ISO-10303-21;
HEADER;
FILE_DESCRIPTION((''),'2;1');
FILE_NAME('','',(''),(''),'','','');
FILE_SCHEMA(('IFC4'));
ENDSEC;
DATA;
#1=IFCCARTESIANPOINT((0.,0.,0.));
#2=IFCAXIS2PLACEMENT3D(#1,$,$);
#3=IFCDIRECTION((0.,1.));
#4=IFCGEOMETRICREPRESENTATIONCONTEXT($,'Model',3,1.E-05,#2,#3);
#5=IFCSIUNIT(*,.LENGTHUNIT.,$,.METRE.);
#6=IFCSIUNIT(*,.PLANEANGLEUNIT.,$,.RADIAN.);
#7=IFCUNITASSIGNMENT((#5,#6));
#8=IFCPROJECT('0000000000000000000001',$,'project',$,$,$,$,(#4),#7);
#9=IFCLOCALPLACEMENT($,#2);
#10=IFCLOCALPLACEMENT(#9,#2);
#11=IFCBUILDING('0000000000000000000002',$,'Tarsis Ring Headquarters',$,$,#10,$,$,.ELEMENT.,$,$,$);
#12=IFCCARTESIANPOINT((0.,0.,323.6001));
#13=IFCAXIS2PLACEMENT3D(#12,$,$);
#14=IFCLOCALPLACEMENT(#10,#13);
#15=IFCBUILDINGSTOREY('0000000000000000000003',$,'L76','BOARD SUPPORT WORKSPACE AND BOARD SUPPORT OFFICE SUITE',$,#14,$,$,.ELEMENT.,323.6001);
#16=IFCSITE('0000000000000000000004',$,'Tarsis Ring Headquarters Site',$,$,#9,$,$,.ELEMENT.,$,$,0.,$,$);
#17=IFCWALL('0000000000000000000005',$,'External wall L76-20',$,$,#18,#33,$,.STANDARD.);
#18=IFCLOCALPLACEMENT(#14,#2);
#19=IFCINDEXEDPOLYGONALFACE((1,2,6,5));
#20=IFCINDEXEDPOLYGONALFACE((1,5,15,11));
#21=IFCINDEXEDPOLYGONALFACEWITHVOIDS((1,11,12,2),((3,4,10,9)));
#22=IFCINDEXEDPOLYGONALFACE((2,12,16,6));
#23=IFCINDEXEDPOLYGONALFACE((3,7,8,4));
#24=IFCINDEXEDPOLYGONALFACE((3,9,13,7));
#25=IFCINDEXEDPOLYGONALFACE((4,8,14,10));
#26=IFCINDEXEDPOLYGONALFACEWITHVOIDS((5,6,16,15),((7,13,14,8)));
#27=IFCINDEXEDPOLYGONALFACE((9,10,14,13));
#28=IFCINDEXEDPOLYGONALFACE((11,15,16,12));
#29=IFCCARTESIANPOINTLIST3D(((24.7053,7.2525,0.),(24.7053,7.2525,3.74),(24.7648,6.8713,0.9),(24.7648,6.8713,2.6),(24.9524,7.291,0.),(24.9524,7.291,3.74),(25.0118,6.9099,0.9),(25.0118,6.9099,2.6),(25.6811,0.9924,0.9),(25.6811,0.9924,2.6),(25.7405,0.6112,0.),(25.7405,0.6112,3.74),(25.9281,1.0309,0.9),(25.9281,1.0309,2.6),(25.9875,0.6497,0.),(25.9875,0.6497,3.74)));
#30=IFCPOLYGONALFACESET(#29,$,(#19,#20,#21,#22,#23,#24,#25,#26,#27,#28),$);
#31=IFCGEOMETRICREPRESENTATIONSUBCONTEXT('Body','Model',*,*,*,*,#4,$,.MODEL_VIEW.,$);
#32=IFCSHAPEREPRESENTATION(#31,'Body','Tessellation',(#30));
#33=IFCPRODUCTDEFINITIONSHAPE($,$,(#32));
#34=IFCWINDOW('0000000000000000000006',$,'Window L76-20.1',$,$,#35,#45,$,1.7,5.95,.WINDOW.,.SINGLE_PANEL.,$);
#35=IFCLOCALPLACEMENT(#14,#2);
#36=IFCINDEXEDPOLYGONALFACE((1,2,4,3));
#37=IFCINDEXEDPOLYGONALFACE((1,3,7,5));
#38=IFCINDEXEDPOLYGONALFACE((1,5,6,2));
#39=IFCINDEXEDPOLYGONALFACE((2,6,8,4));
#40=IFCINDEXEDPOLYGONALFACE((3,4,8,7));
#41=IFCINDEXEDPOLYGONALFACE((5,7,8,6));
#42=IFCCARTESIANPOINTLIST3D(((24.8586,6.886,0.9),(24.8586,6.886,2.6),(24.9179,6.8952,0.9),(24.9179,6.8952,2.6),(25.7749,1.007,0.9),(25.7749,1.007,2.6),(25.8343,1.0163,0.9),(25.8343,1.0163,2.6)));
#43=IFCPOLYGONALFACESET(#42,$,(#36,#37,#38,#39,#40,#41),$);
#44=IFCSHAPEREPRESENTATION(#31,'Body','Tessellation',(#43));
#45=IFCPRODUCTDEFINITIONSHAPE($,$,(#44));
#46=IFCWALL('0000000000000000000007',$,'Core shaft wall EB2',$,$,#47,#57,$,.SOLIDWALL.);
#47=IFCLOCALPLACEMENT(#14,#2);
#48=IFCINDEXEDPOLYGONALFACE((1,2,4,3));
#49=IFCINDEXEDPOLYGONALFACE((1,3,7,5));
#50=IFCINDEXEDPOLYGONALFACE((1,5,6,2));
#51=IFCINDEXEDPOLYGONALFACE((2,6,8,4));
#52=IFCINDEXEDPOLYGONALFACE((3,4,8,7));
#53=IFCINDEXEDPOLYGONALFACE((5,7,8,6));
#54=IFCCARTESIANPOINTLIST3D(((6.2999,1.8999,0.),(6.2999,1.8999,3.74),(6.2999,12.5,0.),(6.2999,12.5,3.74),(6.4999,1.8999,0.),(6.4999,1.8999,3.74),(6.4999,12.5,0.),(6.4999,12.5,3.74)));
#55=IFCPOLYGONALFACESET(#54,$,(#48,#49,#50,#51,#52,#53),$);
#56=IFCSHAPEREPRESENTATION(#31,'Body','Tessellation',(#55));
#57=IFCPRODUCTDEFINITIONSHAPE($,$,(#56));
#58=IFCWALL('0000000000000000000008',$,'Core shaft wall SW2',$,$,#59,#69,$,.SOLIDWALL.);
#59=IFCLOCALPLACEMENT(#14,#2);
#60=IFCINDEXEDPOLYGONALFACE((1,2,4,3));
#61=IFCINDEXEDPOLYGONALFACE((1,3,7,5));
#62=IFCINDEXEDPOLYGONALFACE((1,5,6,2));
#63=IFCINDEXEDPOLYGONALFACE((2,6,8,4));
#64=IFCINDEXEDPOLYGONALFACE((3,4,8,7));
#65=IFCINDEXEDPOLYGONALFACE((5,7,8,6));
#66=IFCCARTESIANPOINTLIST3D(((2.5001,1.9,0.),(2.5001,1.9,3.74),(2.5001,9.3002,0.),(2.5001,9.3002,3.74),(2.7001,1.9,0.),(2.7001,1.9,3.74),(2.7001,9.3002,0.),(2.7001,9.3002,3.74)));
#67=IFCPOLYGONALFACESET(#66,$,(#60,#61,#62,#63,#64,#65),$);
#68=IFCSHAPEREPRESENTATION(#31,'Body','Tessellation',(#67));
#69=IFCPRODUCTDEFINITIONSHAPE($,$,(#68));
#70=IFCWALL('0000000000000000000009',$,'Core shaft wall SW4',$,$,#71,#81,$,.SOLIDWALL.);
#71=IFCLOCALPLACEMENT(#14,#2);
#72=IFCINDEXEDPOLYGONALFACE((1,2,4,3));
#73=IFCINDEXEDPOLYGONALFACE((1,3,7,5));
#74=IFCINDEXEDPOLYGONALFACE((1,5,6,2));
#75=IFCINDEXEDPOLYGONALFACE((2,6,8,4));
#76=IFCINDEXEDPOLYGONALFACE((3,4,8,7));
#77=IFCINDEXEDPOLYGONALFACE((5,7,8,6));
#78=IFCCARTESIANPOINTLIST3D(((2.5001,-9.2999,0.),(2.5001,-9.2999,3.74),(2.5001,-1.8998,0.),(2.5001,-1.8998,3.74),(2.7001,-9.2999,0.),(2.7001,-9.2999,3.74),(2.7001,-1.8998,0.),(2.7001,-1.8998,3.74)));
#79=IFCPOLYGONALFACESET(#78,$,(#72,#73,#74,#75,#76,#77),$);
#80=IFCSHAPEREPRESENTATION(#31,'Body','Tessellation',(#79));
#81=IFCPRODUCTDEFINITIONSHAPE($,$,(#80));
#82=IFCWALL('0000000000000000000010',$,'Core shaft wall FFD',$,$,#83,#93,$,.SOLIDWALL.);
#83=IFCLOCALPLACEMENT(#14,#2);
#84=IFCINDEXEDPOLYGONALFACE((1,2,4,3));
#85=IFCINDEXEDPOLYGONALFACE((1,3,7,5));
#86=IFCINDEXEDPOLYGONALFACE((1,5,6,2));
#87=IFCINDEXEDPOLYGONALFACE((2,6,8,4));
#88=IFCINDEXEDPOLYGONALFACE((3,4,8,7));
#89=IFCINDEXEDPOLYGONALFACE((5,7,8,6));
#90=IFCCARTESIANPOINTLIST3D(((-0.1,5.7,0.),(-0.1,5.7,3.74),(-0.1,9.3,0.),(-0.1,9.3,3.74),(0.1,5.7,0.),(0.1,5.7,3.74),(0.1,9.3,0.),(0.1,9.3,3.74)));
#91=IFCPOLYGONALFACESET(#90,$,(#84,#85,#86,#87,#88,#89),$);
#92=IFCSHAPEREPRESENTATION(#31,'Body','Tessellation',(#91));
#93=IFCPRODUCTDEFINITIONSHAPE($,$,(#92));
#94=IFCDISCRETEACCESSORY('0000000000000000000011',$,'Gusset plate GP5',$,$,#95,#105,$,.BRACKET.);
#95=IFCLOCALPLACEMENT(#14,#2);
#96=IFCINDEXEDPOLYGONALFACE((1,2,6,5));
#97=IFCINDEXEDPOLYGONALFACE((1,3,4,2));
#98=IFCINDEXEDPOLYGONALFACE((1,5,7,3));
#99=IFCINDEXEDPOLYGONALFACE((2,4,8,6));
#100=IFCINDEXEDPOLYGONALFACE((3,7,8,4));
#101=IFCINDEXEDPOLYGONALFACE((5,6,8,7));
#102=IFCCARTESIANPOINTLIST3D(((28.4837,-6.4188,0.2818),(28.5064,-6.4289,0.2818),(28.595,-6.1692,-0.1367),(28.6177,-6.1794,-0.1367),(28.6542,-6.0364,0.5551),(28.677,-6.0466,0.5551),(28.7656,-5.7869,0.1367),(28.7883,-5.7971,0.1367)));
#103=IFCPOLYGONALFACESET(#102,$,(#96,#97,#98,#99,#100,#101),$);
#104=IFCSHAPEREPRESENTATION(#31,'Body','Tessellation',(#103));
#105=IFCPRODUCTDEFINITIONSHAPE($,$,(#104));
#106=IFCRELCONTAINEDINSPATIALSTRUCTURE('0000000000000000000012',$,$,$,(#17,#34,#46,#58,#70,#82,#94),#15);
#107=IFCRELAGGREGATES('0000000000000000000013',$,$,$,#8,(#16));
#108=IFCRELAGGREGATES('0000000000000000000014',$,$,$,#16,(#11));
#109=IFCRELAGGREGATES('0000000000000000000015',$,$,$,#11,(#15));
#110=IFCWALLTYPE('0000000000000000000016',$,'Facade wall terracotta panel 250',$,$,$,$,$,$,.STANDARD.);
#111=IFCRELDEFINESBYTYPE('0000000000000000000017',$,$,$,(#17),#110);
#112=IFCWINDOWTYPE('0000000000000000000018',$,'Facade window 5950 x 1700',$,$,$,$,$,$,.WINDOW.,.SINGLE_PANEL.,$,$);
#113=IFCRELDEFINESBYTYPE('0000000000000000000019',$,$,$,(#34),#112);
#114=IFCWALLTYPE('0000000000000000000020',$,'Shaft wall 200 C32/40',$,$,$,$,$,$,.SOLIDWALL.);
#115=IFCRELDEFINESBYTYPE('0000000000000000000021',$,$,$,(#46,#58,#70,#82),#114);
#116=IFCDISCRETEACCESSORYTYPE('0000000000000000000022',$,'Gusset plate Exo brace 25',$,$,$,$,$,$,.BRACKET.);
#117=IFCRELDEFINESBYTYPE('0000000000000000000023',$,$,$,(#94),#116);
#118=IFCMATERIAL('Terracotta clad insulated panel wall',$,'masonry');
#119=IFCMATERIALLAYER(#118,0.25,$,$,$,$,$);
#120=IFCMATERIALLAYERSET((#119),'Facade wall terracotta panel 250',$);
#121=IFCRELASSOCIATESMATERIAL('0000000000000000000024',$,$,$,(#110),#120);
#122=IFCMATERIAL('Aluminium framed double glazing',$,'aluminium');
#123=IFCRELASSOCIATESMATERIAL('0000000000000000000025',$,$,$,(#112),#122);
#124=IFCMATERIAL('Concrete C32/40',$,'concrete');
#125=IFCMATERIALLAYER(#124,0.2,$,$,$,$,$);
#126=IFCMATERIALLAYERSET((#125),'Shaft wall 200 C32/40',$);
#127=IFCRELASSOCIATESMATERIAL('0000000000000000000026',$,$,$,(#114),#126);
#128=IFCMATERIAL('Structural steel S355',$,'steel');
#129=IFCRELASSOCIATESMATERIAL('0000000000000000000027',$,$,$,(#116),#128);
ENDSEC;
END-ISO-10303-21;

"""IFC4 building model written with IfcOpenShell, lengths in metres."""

from ifc_helpers import new_model, si_unit, direction, frame, frame_2d, origin, origin_2d, place, context, subcontext, project, spatial, rectangle, extrude, material, layer, layer_set, material_profile, profile_set, type_object, element, fill, save


model = new_model("IFC4")

# Units and contexts
model_context = context("Model", 3, precision=1e-05, world=origin(), true_north=direction((0.0, 1.0)))
body_context = subcontext(model_context, "Body", "Model", "MODEL_VIEW")
ifc_project = project(units=[si_unit("LENGTHUNIT", "METRE"), si_unit("PLANEANGLEUNIT", "RADIAN")], contexts=[model_context])

# Site, building, storey
site_placement = place(None, origin())
site = spatial("IfcSite", under=ifc_project, at=site_placement, Name="Tarsis Ring Headquarters Site", CompositionType="ELEMENT", RefElevation=0.0)
building_placement = place(site_placement, origin())
building = spatial("IfcBuilding", under=site, at=building_placement, Name="Tarsis Ring Headquarters", CompositionType="ELEMENT")
storey_placement = place(building_placement, frame((0.0, 0.0, 323.6001)))
storey = spatial("IfcBuildingStorey", under=building, at=storey_placement, Name="L76", Description="BOARD SUPPORT WORKSPACE AND BOARD SUPPORT OFFICE SUITE", CompositionType="ELEMENT", Elevation=323.6001)

# Shared definitions
ifc_material_1 = material(Name="Structural steel S355", Category="steel")

# Wall, opening, window
ifc_material_2 = material(Name="Terracotta clad insulated panel wall", Category="masonry")
ifc_layer_1 = layer(ifc_material_2, 0.25)
ifc_layer_set_1 = layer_set([ifc_layer_1], Name="Facade wall terracotta panel 250")
wall_type_1 = type_object("IfcWallType", Name="Facade wall terracotta panel 250", PredefinedType="STANDARD", material=ifc_layer_set_1)
ifc_material_3 = material(Name="Aluminium framed double glazing", Category="aluminium")
window_type = type_object("IfcWindowType", Name="Facade window 5950 x 1700", PartitioningType="SINGLE_PANEL", PredefinedType="WINDOW", material=ifc_material_3)
wall_1_placement = place(storey_placement, frame((25.864, 0.6304, 0.0), z_axis=(0.0, 0.0, 1.0), x_axis=(-0.154006, 0.98807, 0.0)))
wall_1 = element("IfcWall", 1, at=wall_1_placement, inside=storey, type_object=wall_type_1, Name="External wall L76-20", PredefinedType="STANDARD", context=body_context, shape_type="SweptSolid", body=[
    extrude(rectangle(XDim=6.7214, YDim=0.25, at=frame_2d((3.3608, 0.0))), origin(), (0.0, 0.0, 1.0), 3.74),
])
opening_1_placement = place(wall_1_placement, frame((0.3857, 0.0, 0.8999)))
opening_1 = element("IfcOpeningElement", 2, at=opening_1_placement, cuts=wall_1, PredefinedType="OPENING", context=body_context, shape_type="SweptSolid", body=[
    extrude(rectangle(XDim=5.95, YDim=1.7, at=frame_2d((2.9751, 0.8501))), frame((0.0, 0.135, 0.0), z_axis=(0.0, -1.0, 0.0), x_axis=(1.0, 0.0, 0.0)), (0.0, 0.0, 1.0), 0.27),
])
window_1_placement = place(opening_1_placement, origin())
window_1 = element("IfcWindow", 3, at=window_1_placement, inside=storey, type_object=window_type, Name="Window L76-20.1", OverallHeight=1.7, OverallWidth=5.95, PartitioningType="SINGLE_PANEL", PredefinedType="WINDOW", context=body_context, shape_type="SweptSolid", body=[
    extrude(rectangle(XDim=5.95, YDim=1.7, at=frame_2d((2.9751, 0.8501))), frame((0.0, 0.03, 0.0), z_axis=(0.0, -1.0, 0.0), x_axis=(1.0, 0.0, 0.0)), (0.0, 0.0, 1.0), 0.0601),
])
fill(opening_1, window_1)

# Walls
ifc_material_4 = material(Name="Concrete C32/40", Category="concrete")
ifc_layer_2 = layer(ifc_material_4, 0.2)
ifc_layer_set_2 = layer_set([ifc_layer_2], Name="Shaft wall 200 C32/40")
wall_type_2 = type_object("IfcWallType", Name="Shaft wall 200 C32/40", PredefinedType="SOLIDWALL", material=ifc_layer_set_2)
wall_2_placement = place(storey_placement, frame((6.3999, 1.8999, 0.0), z_axis=(0.0, 0.0, 1.0), x_axis=(0.0, 1.0, 0.0)))
element("IfcWall", 4, at=wall_2_placement, inside=storey, type_object=wall_type_2, Name="Core shaft wall EB2", PredefinedType="SOLIDWALL", context=body_context, shape_type="SweptSolid", body=[
    extrude(rectangle(XDim=10.6001, YDim=0.2, at=frame_2d((5.3, 0.0))), origin(), (0.0, 0.0, 1.0), 3.74),
])
for number, where, z_axis, x_axis, name in (
    (5, (2.6001, 1.8999, 0.0), (0.0, 0.0, 1.0), (0.0, 1.0, 0.0), "Core shaft wall SW2"),
    (6, (2.6001, -9.3, 0.0), (0.0, 0.0, 1.0), (0.0, 1.0, 0.0), "Core shaft wall SW4"),
):
    element("IfcWall", number, at=place(storey_placement, frame(where, z_axis=z_axis, x_axis=x_axis)), inside=storey, type_object=wall_type_2, Name=name, PredefinedType="SOLIDWALL", context=body_context, shape_type="SweptSolid", body=[
        extrude(rectangle(XDim=7.4001, YDim=0.2, at=frame_2d((3.7002, 0.0))), origin(), (0.0, 0.0, 1.0), 3.74),
    ])
wall_3_placement = place(storey_placement, frame((0.0, 5.7, 0.0), z_axis=(0.0, 0.0, 1.0), x_axis=(0.0, 1.0, 0.0)))
element("IfcWall", 7, at=wall_3_placement, inside=storey, type_object=wall_type_2, Name="Core shaft wall FFD", PredefinedType="SOLIDWALL", context=body_context, shape_type="SweptSolid", body=[
    extrude(rectangle(XDim=3.6001, YDim=0.2, at=frame_2d((1.8, 0.0))), origin(), (0.0, 0.0, 1.0), 3.74),
])

# Discrete accessory
ifc_material_profile_1 = material_profile(ifc_material_1, rectangle(XDim=0.0249, YDim=0.5, at=origin_2d()), Name="PL 25x500")
ifc_profile_set_1 = profile_set([ifc_material_profile_1], Name="Structural steel S355")
discrete_accessory_type = type_object("IfcDiscreteAccessoryType", Name="Gusset plate Exo brace 25", PredefinedType="BRACKET", material=ifc_profile_set_1)
discrete_accessory_placement = place(storey_placement, frame((28.6917, -5.9832, 0.0), z_axis=(-0.222765, -0.499267, 0.837322), x_axis=(0.913221, -0.407465, 0.0)))
element("IfcDiscreteAccessory", 8, at=discrete_accessory_placement, inside=storey, type_object=discrete_accessory_type, Name="Gusset plate GP5", PredefinedType="BRACKET", context=body_context, shape_type="SweptSolid", body=[
    extrude(rectangle(XDim=0.0249, YDim=0.5, at=origin_2d()), origin(), (0.0, 0.0, 1.0), 0.4998),
])

save(model, "model.ifc")
